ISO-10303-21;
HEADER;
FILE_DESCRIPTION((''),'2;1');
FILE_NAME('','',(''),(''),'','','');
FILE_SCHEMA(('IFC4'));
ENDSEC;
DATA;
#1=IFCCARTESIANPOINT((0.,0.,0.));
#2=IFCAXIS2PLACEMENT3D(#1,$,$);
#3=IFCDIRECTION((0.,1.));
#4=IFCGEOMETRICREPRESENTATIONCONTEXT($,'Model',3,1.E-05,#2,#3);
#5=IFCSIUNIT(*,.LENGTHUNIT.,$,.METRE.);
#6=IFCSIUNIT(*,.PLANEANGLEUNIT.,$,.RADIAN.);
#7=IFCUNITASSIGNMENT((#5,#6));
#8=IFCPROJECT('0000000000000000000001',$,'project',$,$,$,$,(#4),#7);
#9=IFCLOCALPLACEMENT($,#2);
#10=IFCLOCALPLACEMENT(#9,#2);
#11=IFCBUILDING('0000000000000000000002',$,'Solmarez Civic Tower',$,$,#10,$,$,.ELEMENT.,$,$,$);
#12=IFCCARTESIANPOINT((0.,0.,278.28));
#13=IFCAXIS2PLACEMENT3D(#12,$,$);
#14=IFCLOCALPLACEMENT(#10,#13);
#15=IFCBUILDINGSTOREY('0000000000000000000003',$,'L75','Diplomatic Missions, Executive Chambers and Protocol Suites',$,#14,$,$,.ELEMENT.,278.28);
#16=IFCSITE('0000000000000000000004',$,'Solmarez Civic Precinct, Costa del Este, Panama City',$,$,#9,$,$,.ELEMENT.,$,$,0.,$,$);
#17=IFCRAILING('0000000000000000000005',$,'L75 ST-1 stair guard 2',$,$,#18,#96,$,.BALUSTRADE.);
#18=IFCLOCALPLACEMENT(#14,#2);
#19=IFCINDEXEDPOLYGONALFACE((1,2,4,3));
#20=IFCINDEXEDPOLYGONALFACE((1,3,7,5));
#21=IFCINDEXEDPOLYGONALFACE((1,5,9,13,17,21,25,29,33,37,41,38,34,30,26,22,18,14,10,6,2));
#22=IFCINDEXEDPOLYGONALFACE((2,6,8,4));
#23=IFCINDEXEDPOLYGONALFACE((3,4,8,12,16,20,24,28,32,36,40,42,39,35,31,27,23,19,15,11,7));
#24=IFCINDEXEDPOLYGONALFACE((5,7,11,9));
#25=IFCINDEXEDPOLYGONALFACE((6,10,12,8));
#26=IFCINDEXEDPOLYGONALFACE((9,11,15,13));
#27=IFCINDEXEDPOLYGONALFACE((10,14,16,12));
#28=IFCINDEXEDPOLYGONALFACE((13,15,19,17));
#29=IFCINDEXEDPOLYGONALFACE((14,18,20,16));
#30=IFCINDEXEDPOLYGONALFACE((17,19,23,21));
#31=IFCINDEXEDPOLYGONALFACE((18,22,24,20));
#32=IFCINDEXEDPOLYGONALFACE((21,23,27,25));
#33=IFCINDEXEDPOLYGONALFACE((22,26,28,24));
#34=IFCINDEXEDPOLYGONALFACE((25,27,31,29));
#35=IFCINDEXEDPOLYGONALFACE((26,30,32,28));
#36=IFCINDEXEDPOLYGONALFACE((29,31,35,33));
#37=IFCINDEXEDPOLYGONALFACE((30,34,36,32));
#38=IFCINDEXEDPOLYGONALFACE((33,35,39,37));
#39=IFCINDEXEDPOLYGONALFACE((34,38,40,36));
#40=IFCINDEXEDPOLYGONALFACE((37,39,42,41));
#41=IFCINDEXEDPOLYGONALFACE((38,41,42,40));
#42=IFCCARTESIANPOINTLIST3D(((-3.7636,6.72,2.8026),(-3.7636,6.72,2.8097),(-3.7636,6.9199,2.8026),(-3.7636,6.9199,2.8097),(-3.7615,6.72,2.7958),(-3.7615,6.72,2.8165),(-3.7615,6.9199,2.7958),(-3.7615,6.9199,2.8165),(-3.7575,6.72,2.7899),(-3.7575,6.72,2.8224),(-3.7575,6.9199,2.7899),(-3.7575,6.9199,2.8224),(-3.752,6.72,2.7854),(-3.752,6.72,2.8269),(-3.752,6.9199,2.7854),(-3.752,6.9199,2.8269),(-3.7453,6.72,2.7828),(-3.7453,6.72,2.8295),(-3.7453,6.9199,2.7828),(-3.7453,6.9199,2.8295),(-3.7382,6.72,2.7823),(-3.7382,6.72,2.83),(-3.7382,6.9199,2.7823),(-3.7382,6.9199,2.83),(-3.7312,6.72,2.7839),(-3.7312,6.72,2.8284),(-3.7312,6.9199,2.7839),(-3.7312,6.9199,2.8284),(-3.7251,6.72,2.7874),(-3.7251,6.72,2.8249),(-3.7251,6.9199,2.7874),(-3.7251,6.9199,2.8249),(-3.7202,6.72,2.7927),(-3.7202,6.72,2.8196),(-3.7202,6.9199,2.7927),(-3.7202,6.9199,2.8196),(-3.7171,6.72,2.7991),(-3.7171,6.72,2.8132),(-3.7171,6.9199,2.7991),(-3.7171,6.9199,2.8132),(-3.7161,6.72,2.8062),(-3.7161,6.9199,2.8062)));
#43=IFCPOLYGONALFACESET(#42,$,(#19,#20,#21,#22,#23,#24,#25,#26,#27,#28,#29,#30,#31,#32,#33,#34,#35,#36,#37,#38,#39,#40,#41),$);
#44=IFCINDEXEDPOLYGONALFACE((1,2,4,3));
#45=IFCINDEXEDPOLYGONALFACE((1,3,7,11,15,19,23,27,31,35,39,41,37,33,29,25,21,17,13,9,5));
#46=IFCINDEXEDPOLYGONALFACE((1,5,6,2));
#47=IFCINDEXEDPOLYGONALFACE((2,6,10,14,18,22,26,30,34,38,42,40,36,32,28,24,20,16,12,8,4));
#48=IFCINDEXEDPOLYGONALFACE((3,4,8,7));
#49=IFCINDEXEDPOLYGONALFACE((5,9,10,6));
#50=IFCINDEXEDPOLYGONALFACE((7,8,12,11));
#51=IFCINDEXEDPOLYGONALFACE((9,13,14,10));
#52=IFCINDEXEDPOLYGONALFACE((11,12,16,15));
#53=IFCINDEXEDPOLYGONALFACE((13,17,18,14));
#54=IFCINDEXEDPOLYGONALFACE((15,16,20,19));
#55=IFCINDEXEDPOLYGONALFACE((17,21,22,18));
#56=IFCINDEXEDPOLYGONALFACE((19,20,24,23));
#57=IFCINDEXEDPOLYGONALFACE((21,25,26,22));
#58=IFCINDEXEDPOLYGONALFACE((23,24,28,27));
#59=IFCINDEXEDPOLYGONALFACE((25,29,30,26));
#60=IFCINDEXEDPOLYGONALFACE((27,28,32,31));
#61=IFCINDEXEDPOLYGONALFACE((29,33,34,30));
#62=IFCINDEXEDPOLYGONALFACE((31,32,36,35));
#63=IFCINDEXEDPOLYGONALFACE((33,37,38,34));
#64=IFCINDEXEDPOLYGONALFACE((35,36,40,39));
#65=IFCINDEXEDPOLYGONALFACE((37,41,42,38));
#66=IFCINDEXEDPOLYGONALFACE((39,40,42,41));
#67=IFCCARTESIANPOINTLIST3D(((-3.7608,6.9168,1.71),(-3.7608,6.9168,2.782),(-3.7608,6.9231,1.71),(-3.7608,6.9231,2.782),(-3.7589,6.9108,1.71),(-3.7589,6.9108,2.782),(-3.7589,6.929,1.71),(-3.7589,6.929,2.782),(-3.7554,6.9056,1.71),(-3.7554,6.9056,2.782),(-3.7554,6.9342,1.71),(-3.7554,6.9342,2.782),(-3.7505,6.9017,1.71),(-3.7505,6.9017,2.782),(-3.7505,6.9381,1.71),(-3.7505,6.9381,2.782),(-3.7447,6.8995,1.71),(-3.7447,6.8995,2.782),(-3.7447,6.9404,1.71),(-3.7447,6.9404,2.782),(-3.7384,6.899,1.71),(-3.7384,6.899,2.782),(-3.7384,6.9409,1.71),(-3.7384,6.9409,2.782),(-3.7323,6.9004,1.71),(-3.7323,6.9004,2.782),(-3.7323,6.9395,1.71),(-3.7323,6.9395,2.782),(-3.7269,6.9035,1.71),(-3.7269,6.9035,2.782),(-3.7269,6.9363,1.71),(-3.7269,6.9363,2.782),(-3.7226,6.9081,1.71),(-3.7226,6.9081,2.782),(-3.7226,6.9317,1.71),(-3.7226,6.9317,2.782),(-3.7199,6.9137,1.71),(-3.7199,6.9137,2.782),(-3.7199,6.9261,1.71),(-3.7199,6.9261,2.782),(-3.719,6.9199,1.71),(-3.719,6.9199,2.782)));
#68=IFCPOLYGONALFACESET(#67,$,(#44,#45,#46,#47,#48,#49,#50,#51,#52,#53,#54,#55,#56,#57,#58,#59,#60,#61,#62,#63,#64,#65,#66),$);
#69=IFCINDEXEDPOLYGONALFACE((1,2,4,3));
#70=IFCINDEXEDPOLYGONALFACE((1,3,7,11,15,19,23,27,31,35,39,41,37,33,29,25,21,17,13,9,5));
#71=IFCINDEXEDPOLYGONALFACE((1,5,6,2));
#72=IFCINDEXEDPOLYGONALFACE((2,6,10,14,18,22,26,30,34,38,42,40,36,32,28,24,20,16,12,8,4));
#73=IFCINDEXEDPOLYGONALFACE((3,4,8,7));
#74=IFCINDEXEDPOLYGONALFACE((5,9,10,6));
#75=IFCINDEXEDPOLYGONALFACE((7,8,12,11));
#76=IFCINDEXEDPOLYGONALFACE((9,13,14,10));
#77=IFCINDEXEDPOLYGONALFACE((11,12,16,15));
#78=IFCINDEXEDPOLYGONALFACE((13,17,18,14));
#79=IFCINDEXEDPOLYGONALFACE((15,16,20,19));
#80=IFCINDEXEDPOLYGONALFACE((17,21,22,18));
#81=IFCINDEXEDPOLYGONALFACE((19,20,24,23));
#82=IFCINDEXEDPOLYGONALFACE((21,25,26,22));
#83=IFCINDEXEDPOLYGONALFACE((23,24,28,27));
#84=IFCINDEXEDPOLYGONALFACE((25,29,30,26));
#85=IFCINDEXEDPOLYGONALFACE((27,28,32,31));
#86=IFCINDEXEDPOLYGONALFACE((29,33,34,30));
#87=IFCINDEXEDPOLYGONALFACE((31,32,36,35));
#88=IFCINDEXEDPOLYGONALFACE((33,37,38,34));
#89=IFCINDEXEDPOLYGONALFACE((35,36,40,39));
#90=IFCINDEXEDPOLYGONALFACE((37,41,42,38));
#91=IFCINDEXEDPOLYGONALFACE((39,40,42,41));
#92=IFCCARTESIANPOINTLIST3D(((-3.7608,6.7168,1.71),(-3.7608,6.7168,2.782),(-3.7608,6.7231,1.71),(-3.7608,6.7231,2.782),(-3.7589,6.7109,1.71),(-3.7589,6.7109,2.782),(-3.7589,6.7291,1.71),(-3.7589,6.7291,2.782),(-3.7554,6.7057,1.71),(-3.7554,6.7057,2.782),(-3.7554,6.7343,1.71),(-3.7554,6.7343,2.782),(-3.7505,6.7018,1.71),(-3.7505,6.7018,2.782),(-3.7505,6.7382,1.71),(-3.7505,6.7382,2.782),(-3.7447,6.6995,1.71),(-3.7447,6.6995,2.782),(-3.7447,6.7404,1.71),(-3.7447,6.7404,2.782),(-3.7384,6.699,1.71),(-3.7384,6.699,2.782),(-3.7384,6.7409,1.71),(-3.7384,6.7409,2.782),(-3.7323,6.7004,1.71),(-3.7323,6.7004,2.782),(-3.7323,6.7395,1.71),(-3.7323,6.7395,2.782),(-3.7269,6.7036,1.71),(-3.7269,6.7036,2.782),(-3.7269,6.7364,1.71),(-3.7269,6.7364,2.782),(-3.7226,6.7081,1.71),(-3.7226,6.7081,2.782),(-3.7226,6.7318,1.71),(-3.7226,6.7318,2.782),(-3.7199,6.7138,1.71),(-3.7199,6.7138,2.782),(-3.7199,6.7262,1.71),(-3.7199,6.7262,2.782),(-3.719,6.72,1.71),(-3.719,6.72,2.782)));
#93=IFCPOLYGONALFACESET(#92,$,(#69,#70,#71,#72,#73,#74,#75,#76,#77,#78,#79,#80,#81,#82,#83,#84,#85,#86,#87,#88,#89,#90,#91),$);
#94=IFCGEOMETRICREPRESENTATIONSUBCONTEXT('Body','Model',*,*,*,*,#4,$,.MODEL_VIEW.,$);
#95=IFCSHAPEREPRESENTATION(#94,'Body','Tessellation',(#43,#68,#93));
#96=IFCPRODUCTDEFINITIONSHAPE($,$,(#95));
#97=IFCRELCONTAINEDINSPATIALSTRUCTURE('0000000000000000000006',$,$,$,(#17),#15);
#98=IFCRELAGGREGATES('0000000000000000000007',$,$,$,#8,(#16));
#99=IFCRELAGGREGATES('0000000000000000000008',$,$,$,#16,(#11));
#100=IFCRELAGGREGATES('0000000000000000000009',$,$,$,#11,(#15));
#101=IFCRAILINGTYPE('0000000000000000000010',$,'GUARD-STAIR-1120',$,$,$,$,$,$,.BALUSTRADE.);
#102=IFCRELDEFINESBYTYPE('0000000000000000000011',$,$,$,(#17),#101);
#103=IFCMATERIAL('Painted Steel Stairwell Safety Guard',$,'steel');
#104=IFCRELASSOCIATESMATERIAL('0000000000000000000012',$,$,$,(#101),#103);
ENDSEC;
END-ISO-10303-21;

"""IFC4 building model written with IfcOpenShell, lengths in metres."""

from ifc_helpers import new_model, si_unit, direction, frame, origin, origin_2d, place, context, subcontext, project, spatial, circle, extrude, material, type_object, element, save


model = new_model("IFC4")

# Units and contexts
model_context = context("Model", 3, precision=1e-05, world=origin(), true_north=direction((0.0, 1.0)))
body_context = subcontext(model_context, "Body", "Model", "MODEL_VIEW")
ifc_project = project(units=[si_unit("LENGTHUNIT", "METRE"), si_unit("PLANEANGLEUNIT", "RADIAN")], contexts=[model_context])

# Site, building, storey
site_placement = place(None, origin())
site = spatial("IfcSite", under=ifc_project, at=site_placement, Name="Solmarez Civic Precinct, Costa del Este, Panama City", CompositionType="ELEMENT", RefElevation=0.0)
building_placement = place(site_placement, origin())
building = spatial("IfcBuilding", under=site, at=building_placement, Name="Solmarez Civic Tower", CompositionType="ELEMENT")
storey_placement = place(building_placement, frame((0.0, 0.0, 278.28)))
storey = spatial("IfcBuildingStorey", under=building, at=storey_placement, Name="L75", Description="Diplomatic Missions, Executive Chambers and Protocol Suites", CompositionType="ELEMENT", Elevation=278.28)

# Railing
ifc_material_1 = material(Name="Painted Steel Stairwell Safety Guard", Category="steel")
railing_type_1 = type_object("IfcRailingType", Name="GUARD-STAIR-1120", PredefinedType="BALUSTRADE", material=ifc_material_1)
railing_1_placement = place(storey_placement, frame((-3.74, 6.9199, 1.71)))
element("IfcRailing", 1, at=railing_1_placement, inside=storey, type_object=railing_type_1, Name="L75 ST-1 stair guard 2", PredefinedType="BALUSTRADE", context=body_context, shape_type="SweptSolid", body=[
    extrude(circle(Radius=0.0239, at=origin_2d()), frame((0.0, 0.0, 1.0962), z_axis=(0.0, -1.0, 0.0), x_axis=(1.0, 0.0, 0.0)), (0.0, 0.0, 1.0), 0.2),
    extrude(circle(Radius=0.021, at=origin_2d()), origin(), (0.0, 0.0, 1.0), 1.072),
    extrude(circle(Radius=0.021, at=origin_2d()), frame((0.0, -0.2, 0.0)), (0.0, 0.0, 1.0), 1.072),
])

save(model, "model.ifc")
